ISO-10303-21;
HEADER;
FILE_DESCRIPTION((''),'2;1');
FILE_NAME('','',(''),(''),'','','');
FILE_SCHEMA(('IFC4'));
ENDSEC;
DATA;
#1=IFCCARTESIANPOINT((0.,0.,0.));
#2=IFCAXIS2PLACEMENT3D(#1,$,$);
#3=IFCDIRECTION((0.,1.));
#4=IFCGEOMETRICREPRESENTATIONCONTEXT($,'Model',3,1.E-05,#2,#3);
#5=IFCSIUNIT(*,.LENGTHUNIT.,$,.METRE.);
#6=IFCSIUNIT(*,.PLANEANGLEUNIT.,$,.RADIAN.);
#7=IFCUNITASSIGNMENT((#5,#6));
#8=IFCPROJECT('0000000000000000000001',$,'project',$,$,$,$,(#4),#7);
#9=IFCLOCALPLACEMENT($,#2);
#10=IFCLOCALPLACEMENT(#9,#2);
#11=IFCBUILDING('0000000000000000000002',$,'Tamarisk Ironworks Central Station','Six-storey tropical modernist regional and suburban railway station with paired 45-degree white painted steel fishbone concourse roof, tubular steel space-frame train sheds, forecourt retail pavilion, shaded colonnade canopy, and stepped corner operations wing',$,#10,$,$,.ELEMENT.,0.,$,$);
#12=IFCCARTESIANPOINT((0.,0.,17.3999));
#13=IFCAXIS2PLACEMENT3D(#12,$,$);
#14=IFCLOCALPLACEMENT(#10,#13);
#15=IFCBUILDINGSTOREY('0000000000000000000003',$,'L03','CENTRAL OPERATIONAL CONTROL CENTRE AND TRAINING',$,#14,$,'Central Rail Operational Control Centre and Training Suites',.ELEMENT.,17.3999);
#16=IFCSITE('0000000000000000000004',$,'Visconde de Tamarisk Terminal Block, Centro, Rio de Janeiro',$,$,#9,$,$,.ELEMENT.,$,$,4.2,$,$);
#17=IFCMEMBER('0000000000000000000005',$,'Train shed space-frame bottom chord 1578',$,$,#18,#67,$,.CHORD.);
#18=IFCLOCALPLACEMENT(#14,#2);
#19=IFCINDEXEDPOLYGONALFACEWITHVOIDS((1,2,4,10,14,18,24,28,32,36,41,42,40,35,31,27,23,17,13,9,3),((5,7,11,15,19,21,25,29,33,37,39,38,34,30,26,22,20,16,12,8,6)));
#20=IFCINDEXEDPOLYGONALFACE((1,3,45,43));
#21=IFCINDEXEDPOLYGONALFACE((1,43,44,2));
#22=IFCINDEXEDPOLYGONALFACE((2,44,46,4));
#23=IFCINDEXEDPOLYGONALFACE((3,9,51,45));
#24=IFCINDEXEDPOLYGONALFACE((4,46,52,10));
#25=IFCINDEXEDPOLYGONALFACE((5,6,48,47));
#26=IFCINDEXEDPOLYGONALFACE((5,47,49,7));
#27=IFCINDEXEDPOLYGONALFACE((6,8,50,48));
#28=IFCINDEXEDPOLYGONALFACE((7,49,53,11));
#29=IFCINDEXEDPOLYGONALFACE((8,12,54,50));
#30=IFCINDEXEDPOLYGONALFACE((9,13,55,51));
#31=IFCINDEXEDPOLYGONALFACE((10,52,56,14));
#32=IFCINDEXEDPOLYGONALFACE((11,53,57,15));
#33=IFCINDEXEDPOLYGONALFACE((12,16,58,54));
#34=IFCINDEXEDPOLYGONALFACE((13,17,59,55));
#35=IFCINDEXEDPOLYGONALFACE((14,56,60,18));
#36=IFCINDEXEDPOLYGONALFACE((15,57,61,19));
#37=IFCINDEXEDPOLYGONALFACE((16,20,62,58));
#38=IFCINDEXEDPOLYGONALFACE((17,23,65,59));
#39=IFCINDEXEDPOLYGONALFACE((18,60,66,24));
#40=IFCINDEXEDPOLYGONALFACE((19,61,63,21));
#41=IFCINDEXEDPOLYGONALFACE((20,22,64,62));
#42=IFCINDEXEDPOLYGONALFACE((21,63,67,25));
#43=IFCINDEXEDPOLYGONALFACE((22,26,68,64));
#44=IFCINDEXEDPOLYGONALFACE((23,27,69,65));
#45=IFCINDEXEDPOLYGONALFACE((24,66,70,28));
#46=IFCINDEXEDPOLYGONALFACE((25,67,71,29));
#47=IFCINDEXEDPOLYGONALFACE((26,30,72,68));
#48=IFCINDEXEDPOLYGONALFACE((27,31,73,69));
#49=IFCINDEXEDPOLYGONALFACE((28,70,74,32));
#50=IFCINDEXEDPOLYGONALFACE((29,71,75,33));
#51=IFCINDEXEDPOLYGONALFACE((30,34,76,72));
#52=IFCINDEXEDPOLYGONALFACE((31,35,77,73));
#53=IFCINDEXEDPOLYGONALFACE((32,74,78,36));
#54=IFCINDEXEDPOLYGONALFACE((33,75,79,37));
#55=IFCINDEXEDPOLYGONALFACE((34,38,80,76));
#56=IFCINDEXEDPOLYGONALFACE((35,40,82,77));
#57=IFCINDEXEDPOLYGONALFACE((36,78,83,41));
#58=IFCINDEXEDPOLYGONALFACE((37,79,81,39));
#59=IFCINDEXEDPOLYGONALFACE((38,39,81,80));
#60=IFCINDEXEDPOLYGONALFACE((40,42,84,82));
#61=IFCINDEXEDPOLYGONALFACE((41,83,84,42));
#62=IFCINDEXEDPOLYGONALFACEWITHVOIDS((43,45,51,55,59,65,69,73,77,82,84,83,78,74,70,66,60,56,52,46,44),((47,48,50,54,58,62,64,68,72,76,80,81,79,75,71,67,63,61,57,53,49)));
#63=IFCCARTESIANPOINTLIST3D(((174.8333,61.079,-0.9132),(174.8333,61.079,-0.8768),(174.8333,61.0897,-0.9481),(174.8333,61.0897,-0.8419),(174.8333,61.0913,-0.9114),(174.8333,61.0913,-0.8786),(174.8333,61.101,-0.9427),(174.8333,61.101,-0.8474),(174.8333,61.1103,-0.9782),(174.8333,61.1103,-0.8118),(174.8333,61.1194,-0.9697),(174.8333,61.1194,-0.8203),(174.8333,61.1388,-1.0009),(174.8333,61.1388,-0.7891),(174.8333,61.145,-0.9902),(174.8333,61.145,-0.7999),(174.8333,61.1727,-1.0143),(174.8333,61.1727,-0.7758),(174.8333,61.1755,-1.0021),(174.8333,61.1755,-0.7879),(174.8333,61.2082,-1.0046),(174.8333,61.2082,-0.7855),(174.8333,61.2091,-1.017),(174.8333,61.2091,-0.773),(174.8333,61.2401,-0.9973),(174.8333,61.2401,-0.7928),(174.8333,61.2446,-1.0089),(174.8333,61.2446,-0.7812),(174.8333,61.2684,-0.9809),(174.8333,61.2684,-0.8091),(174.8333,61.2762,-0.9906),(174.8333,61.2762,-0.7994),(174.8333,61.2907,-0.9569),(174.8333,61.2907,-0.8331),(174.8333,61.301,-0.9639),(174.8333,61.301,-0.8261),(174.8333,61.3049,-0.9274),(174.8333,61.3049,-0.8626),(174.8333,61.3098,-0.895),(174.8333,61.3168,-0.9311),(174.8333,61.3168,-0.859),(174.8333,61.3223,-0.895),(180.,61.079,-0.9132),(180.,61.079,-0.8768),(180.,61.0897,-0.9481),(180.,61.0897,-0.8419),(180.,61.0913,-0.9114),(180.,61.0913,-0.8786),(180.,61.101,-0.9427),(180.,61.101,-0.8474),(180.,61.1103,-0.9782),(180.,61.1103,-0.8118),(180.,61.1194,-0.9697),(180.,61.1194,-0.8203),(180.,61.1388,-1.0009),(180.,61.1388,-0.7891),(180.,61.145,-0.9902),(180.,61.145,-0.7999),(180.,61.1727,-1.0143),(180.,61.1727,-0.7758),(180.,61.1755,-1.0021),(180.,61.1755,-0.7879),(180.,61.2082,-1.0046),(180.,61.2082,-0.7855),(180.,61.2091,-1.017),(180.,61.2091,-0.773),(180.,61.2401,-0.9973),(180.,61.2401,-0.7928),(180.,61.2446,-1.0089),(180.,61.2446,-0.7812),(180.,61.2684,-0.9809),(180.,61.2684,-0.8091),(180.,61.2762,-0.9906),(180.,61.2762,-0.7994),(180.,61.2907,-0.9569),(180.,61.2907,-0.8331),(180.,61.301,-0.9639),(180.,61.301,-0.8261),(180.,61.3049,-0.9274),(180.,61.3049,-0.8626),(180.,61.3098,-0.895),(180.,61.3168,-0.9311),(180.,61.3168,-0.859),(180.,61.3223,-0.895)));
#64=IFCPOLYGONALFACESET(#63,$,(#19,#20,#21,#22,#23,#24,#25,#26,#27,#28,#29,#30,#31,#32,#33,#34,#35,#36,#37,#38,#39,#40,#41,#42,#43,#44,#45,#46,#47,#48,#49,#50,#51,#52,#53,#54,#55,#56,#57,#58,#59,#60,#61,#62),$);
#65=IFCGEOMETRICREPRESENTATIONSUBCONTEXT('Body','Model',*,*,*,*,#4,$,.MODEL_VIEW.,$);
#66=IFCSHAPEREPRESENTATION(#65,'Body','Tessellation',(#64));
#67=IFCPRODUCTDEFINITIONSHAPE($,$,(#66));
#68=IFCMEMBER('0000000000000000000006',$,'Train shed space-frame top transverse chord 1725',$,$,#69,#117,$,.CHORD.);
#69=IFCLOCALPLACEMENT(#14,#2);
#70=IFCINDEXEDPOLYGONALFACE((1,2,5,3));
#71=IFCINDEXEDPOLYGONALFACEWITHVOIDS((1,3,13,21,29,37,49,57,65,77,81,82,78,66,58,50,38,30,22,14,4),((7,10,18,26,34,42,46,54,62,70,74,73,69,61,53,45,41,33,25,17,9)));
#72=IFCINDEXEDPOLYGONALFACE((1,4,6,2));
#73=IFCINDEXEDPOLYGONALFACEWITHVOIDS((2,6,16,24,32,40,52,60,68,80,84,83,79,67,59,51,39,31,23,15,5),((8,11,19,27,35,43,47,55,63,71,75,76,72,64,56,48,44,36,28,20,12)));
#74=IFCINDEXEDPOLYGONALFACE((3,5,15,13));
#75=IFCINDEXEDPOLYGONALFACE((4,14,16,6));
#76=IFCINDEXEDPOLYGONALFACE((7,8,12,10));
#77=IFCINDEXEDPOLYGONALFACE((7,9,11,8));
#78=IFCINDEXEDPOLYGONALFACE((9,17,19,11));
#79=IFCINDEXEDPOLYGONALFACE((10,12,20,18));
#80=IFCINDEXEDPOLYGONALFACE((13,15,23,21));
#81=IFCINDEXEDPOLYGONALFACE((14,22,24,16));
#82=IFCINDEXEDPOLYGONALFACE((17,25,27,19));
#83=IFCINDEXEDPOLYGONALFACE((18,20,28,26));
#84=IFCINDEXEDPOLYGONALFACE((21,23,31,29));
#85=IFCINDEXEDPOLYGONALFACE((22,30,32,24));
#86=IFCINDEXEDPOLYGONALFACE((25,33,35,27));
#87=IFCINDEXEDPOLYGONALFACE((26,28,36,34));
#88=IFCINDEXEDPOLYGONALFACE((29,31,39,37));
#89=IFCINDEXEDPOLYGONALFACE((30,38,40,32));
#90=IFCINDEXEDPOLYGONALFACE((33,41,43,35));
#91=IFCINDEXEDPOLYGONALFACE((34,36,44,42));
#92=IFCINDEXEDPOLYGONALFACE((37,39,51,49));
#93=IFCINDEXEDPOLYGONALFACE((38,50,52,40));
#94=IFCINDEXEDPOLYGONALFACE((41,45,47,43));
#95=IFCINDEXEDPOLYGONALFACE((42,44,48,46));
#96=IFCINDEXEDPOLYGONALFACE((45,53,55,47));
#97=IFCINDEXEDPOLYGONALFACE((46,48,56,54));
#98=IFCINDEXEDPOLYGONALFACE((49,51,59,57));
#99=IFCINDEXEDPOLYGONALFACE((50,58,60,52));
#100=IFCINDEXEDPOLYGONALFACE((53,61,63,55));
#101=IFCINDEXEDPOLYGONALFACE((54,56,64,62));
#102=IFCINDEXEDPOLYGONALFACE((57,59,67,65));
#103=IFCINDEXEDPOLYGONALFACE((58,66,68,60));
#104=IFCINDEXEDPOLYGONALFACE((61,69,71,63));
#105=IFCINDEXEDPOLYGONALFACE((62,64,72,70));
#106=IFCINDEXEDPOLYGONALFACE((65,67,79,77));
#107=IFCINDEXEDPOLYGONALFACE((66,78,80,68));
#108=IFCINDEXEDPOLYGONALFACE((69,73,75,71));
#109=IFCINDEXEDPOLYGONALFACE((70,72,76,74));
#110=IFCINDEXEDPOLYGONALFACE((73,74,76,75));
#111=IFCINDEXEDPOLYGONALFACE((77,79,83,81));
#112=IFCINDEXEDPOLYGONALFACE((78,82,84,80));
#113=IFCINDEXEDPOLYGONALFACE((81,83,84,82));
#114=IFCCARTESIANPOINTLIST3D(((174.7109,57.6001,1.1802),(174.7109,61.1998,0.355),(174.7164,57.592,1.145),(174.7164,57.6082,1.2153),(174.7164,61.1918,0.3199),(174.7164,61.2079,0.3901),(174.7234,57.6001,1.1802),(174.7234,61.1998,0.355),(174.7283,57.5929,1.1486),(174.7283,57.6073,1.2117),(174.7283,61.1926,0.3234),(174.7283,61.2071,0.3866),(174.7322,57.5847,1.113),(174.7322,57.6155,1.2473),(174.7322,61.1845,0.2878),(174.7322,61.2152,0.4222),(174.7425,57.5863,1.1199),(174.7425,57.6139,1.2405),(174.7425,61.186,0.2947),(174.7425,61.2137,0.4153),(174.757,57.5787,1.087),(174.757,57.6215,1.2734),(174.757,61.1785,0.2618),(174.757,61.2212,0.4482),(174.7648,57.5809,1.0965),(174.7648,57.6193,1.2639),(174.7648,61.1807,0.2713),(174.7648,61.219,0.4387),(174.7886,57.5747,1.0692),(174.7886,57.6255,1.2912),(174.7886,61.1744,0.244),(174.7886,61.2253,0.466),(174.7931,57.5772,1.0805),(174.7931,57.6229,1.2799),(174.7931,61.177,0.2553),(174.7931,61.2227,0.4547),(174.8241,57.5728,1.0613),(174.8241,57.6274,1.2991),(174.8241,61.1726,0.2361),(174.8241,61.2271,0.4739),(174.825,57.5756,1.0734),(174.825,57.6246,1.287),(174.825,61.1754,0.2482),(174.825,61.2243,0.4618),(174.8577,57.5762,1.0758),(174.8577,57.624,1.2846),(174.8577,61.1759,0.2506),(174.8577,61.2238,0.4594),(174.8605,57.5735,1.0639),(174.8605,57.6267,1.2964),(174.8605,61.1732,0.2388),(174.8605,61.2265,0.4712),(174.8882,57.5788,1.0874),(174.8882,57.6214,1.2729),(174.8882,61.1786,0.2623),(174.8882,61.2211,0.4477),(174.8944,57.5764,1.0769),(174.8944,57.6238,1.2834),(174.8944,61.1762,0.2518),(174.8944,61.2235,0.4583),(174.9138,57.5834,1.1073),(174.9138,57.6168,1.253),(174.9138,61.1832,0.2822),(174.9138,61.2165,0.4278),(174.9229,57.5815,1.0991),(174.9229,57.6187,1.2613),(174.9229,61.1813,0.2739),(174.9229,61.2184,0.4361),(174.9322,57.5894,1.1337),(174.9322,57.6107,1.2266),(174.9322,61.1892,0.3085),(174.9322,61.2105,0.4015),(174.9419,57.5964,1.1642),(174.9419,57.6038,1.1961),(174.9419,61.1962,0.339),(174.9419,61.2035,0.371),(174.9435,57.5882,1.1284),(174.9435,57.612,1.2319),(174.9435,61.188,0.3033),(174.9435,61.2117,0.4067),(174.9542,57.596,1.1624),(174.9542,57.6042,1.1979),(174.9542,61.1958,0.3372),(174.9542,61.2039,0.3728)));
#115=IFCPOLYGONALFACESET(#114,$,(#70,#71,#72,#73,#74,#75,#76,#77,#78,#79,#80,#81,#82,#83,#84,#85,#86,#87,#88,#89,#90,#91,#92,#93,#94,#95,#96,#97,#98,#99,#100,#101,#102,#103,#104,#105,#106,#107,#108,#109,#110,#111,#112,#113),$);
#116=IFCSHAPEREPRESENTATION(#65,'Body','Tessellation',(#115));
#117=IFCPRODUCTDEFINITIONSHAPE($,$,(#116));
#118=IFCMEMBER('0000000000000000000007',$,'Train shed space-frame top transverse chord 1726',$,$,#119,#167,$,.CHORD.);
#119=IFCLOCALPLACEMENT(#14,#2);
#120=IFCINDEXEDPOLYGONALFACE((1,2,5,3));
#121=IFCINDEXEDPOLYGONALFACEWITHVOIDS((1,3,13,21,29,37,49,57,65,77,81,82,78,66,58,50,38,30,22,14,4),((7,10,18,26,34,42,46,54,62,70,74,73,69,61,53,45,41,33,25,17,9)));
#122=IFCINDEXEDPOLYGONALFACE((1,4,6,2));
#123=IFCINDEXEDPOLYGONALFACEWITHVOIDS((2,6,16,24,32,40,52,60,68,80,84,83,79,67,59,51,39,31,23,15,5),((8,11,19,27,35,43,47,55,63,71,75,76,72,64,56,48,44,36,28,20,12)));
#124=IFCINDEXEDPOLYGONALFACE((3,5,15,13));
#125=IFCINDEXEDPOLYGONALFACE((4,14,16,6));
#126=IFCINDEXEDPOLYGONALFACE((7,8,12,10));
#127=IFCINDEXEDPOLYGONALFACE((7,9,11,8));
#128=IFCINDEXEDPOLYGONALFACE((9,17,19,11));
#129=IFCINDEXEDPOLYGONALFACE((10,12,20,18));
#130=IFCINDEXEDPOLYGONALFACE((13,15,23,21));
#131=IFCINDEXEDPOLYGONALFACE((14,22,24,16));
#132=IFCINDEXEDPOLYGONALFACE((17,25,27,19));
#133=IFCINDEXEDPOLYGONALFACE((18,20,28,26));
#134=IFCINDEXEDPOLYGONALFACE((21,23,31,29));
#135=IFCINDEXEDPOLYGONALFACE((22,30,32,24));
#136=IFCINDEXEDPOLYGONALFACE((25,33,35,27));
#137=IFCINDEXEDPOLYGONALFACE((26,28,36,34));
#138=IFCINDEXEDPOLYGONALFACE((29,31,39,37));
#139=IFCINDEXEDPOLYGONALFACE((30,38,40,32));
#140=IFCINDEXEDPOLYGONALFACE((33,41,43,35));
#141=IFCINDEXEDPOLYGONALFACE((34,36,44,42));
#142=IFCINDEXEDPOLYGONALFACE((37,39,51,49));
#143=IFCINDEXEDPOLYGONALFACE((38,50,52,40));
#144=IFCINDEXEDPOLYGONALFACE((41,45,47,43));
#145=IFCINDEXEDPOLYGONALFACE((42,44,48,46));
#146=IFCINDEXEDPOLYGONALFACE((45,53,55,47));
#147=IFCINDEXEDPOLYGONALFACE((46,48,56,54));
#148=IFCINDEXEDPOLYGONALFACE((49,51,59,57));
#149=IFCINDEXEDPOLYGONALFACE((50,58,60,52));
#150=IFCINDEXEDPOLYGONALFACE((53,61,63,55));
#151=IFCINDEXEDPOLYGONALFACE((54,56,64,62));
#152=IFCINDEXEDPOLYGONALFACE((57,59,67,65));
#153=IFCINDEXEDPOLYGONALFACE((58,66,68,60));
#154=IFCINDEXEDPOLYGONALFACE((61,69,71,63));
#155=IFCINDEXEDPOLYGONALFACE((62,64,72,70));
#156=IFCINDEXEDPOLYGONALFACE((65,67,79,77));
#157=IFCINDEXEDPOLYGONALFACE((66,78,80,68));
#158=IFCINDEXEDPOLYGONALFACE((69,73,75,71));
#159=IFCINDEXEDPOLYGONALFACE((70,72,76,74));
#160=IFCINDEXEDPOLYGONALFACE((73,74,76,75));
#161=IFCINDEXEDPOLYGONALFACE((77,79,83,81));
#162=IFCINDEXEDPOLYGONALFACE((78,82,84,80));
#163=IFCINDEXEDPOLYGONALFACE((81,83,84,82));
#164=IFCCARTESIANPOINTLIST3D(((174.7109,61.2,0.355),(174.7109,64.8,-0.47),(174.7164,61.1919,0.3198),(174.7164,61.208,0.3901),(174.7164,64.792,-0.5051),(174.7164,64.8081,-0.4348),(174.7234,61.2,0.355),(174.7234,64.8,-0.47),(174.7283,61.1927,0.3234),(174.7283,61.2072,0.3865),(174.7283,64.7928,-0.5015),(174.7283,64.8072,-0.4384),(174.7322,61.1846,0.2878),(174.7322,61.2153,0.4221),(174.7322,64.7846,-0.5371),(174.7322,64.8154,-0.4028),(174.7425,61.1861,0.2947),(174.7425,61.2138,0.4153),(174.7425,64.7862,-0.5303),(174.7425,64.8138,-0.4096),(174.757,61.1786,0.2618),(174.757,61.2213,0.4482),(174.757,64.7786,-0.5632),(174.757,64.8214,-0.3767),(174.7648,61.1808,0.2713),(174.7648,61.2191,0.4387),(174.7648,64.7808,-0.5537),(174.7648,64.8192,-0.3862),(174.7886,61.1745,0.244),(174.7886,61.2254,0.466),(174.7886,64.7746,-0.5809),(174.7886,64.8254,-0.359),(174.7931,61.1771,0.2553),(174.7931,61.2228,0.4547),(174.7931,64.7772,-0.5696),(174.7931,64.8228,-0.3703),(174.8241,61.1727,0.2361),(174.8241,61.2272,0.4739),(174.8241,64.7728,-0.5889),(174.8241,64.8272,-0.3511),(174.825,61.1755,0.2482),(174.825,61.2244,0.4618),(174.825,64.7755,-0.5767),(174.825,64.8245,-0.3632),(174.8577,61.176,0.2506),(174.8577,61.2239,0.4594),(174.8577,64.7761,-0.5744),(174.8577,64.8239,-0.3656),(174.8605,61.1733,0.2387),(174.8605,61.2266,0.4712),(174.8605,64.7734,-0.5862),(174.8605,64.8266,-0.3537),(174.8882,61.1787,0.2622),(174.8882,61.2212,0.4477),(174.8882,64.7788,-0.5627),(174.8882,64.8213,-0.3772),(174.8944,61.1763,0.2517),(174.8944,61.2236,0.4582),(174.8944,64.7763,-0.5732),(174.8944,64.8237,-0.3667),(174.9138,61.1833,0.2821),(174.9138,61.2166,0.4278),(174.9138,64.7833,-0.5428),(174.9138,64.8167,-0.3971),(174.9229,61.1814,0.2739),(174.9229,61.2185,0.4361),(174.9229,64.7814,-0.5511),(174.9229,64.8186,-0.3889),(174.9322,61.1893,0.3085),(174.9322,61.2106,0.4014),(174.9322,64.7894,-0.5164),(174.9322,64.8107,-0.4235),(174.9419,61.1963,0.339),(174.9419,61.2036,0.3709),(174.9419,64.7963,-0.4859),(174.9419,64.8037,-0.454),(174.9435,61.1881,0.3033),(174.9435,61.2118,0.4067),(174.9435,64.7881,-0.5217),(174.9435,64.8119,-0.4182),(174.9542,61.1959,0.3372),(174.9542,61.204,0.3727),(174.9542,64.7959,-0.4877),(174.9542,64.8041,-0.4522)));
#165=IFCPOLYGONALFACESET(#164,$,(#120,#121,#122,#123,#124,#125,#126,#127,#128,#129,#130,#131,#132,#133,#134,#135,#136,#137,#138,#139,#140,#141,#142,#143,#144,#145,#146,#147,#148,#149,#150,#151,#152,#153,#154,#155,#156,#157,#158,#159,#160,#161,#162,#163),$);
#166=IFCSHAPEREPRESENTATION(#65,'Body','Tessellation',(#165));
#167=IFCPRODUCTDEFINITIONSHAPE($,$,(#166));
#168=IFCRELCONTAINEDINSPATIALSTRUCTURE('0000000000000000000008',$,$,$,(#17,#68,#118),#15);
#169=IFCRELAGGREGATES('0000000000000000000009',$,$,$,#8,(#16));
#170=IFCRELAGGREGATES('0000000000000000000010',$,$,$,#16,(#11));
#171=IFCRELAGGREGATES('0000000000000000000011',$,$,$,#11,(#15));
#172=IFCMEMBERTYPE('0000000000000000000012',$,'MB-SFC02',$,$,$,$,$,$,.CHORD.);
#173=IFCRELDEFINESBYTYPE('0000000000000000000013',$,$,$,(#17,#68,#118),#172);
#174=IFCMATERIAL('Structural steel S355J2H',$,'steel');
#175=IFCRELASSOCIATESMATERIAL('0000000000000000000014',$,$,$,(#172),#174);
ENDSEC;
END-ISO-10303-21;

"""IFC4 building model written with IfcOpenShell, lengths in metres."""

from ifc_helpers import new_model, si_unit, direction, frame, origin, origin_2d, place, context, subcontext, project, spatial, hollow_circle, extrude, material, material_profile, profile_set, type_object, element, save


model = new_model("IFC4")

# Units and contexts
model_context = context("Model", 3, precision=1e-05, world=origin(), true_north=direction((0.0, 1.0)))
body_context = subcontext(model_context, "Body", "Model", "MODEL_VIEW")
ifc_project = project(units=[si_unit("LENGTHUNIT", "METRE"), si_unit("PLANEANGLEUNIT", "RADIAN")], contexts=[model_context])

# Site, building, storey
site_placement = place(None, origin())
site = spatial("IfcSite", under=ifc_project, at=site_placement, Name="Visconde de Tamarisk Terminal Block, Centro, Rio de Janeiro", CompositionType="ELEMENT", RefElevation=4.2)
building_placement = place(site_placement, origin())
building = spatial("IfcBuilding", under=site, at=building_placement, Name="Tamarisk Ironworks Central Station", Description="Six-storey tropical modernist regional and suburban railway station with paired 45-degree white painted steel fishbone concourse roof, tubular steel space-frame train sheds, forecourt retail pavilion, shaded colonnade canopy, and stepped corner operations wing", CompositionType="ELEMENT", ElevationOfRefHeight=0.0)
storey_placement = place(building_placement, frame((0.0, 0.0, 17.3999)))
storey = spatial("IfcBuildingStorey", under=building, at=storey_placement, Name="L03", Description="CENTRAL OPERATIONAL CONTROL CENTRE AND TRAINING", LongName="Central Rail Operational Control Centre and Training Suites", CompositionType="ELEMENT", Elevation=17.3999)

# Members
ifc_material = material(Name="Structural steel S355J2H", Category="steel")
ifc_material_profile_1 = material_profile(ifc_material, hollow_circle(Radius=0.1223, WallThickness=0.0125, at=origin_2d()), Name="CHS 244.5x12.5")
ifc_profile_set_1 = profile_set([ifc_material_profile_1], Name="Structural steel S355J2H")
member_type_1 = type_object("IfcMemberType", Name="MB-SFC02", PredefinedType="CHORD", material=ifc_profile_set_1)
for number, where, z_axis, x_axis, name in (
    (1, (174.8333, 61.2, -0.895), (1.0, 0.0, 0.0), (0.0, 1.0, 0.0), "Train shed space-frame bottom chord 1578"),
):
    element("IfcMember", number, at=place(storey_placement, frame(where, z_axis=z_axis, x_axis=x_axis)), inside=storey, type_object=member_type_1, Name=name, PredefinedType="CHORD", context=body_context, shape_type="SweptSolid", body=[
        extrude(hollow_circle(Radius=0.1223, WallThickness=0.0125, at=origin_2d()), origin(), (0.0, 0.0, 1.0), 5.1667),
    ])
member_1_placement = place(storey_placement, frame((174.8333, 57.6001, 1.1802), z_axis=(0.0, 0.974719, -0.223435), x_axis=(-1.0, 0.0, 0.0)))
element("IfcMember", 2, at=member_1_placement, inside=storey, type_object=member_type_1, Name="Train shed space-frame top transverse chord 1725", PredefinedType="CHORD", context=body_context, shape_type="SweptSolid", body=[
    extrude(hollow_circle(Radius=0.1223, WallThickness=0.0125, at=origin_2d()), origin(), (0.0, 0.0, 1.0), 3.6931),
])
for number, where, z_axis, x_axis, name in (
    (3, (174.8333, 61.2, 0.355), (0.0, 0.974737, -0.223358), (-1.0, 0.0, 0.0), "Train shed space-frame top transverse chord 1726"),
):
    element("IfcMember", number, at=place(storey_placement, frame(where, z_axis=z_axis, x_axis=x_axis)), inside=storey, type_object=member_type_1, Name=name, PredefinedType="CHORD", context=body_context, shape_type="SweptSolid", body=[
        extrude(hollow_circle(Radius=0.1223, WallThickness=0.0125, at=origin_2d()), origin(), (0.0, 0.0, 1.0), 3.6934),
    ])

save(model, "model.ifc")
